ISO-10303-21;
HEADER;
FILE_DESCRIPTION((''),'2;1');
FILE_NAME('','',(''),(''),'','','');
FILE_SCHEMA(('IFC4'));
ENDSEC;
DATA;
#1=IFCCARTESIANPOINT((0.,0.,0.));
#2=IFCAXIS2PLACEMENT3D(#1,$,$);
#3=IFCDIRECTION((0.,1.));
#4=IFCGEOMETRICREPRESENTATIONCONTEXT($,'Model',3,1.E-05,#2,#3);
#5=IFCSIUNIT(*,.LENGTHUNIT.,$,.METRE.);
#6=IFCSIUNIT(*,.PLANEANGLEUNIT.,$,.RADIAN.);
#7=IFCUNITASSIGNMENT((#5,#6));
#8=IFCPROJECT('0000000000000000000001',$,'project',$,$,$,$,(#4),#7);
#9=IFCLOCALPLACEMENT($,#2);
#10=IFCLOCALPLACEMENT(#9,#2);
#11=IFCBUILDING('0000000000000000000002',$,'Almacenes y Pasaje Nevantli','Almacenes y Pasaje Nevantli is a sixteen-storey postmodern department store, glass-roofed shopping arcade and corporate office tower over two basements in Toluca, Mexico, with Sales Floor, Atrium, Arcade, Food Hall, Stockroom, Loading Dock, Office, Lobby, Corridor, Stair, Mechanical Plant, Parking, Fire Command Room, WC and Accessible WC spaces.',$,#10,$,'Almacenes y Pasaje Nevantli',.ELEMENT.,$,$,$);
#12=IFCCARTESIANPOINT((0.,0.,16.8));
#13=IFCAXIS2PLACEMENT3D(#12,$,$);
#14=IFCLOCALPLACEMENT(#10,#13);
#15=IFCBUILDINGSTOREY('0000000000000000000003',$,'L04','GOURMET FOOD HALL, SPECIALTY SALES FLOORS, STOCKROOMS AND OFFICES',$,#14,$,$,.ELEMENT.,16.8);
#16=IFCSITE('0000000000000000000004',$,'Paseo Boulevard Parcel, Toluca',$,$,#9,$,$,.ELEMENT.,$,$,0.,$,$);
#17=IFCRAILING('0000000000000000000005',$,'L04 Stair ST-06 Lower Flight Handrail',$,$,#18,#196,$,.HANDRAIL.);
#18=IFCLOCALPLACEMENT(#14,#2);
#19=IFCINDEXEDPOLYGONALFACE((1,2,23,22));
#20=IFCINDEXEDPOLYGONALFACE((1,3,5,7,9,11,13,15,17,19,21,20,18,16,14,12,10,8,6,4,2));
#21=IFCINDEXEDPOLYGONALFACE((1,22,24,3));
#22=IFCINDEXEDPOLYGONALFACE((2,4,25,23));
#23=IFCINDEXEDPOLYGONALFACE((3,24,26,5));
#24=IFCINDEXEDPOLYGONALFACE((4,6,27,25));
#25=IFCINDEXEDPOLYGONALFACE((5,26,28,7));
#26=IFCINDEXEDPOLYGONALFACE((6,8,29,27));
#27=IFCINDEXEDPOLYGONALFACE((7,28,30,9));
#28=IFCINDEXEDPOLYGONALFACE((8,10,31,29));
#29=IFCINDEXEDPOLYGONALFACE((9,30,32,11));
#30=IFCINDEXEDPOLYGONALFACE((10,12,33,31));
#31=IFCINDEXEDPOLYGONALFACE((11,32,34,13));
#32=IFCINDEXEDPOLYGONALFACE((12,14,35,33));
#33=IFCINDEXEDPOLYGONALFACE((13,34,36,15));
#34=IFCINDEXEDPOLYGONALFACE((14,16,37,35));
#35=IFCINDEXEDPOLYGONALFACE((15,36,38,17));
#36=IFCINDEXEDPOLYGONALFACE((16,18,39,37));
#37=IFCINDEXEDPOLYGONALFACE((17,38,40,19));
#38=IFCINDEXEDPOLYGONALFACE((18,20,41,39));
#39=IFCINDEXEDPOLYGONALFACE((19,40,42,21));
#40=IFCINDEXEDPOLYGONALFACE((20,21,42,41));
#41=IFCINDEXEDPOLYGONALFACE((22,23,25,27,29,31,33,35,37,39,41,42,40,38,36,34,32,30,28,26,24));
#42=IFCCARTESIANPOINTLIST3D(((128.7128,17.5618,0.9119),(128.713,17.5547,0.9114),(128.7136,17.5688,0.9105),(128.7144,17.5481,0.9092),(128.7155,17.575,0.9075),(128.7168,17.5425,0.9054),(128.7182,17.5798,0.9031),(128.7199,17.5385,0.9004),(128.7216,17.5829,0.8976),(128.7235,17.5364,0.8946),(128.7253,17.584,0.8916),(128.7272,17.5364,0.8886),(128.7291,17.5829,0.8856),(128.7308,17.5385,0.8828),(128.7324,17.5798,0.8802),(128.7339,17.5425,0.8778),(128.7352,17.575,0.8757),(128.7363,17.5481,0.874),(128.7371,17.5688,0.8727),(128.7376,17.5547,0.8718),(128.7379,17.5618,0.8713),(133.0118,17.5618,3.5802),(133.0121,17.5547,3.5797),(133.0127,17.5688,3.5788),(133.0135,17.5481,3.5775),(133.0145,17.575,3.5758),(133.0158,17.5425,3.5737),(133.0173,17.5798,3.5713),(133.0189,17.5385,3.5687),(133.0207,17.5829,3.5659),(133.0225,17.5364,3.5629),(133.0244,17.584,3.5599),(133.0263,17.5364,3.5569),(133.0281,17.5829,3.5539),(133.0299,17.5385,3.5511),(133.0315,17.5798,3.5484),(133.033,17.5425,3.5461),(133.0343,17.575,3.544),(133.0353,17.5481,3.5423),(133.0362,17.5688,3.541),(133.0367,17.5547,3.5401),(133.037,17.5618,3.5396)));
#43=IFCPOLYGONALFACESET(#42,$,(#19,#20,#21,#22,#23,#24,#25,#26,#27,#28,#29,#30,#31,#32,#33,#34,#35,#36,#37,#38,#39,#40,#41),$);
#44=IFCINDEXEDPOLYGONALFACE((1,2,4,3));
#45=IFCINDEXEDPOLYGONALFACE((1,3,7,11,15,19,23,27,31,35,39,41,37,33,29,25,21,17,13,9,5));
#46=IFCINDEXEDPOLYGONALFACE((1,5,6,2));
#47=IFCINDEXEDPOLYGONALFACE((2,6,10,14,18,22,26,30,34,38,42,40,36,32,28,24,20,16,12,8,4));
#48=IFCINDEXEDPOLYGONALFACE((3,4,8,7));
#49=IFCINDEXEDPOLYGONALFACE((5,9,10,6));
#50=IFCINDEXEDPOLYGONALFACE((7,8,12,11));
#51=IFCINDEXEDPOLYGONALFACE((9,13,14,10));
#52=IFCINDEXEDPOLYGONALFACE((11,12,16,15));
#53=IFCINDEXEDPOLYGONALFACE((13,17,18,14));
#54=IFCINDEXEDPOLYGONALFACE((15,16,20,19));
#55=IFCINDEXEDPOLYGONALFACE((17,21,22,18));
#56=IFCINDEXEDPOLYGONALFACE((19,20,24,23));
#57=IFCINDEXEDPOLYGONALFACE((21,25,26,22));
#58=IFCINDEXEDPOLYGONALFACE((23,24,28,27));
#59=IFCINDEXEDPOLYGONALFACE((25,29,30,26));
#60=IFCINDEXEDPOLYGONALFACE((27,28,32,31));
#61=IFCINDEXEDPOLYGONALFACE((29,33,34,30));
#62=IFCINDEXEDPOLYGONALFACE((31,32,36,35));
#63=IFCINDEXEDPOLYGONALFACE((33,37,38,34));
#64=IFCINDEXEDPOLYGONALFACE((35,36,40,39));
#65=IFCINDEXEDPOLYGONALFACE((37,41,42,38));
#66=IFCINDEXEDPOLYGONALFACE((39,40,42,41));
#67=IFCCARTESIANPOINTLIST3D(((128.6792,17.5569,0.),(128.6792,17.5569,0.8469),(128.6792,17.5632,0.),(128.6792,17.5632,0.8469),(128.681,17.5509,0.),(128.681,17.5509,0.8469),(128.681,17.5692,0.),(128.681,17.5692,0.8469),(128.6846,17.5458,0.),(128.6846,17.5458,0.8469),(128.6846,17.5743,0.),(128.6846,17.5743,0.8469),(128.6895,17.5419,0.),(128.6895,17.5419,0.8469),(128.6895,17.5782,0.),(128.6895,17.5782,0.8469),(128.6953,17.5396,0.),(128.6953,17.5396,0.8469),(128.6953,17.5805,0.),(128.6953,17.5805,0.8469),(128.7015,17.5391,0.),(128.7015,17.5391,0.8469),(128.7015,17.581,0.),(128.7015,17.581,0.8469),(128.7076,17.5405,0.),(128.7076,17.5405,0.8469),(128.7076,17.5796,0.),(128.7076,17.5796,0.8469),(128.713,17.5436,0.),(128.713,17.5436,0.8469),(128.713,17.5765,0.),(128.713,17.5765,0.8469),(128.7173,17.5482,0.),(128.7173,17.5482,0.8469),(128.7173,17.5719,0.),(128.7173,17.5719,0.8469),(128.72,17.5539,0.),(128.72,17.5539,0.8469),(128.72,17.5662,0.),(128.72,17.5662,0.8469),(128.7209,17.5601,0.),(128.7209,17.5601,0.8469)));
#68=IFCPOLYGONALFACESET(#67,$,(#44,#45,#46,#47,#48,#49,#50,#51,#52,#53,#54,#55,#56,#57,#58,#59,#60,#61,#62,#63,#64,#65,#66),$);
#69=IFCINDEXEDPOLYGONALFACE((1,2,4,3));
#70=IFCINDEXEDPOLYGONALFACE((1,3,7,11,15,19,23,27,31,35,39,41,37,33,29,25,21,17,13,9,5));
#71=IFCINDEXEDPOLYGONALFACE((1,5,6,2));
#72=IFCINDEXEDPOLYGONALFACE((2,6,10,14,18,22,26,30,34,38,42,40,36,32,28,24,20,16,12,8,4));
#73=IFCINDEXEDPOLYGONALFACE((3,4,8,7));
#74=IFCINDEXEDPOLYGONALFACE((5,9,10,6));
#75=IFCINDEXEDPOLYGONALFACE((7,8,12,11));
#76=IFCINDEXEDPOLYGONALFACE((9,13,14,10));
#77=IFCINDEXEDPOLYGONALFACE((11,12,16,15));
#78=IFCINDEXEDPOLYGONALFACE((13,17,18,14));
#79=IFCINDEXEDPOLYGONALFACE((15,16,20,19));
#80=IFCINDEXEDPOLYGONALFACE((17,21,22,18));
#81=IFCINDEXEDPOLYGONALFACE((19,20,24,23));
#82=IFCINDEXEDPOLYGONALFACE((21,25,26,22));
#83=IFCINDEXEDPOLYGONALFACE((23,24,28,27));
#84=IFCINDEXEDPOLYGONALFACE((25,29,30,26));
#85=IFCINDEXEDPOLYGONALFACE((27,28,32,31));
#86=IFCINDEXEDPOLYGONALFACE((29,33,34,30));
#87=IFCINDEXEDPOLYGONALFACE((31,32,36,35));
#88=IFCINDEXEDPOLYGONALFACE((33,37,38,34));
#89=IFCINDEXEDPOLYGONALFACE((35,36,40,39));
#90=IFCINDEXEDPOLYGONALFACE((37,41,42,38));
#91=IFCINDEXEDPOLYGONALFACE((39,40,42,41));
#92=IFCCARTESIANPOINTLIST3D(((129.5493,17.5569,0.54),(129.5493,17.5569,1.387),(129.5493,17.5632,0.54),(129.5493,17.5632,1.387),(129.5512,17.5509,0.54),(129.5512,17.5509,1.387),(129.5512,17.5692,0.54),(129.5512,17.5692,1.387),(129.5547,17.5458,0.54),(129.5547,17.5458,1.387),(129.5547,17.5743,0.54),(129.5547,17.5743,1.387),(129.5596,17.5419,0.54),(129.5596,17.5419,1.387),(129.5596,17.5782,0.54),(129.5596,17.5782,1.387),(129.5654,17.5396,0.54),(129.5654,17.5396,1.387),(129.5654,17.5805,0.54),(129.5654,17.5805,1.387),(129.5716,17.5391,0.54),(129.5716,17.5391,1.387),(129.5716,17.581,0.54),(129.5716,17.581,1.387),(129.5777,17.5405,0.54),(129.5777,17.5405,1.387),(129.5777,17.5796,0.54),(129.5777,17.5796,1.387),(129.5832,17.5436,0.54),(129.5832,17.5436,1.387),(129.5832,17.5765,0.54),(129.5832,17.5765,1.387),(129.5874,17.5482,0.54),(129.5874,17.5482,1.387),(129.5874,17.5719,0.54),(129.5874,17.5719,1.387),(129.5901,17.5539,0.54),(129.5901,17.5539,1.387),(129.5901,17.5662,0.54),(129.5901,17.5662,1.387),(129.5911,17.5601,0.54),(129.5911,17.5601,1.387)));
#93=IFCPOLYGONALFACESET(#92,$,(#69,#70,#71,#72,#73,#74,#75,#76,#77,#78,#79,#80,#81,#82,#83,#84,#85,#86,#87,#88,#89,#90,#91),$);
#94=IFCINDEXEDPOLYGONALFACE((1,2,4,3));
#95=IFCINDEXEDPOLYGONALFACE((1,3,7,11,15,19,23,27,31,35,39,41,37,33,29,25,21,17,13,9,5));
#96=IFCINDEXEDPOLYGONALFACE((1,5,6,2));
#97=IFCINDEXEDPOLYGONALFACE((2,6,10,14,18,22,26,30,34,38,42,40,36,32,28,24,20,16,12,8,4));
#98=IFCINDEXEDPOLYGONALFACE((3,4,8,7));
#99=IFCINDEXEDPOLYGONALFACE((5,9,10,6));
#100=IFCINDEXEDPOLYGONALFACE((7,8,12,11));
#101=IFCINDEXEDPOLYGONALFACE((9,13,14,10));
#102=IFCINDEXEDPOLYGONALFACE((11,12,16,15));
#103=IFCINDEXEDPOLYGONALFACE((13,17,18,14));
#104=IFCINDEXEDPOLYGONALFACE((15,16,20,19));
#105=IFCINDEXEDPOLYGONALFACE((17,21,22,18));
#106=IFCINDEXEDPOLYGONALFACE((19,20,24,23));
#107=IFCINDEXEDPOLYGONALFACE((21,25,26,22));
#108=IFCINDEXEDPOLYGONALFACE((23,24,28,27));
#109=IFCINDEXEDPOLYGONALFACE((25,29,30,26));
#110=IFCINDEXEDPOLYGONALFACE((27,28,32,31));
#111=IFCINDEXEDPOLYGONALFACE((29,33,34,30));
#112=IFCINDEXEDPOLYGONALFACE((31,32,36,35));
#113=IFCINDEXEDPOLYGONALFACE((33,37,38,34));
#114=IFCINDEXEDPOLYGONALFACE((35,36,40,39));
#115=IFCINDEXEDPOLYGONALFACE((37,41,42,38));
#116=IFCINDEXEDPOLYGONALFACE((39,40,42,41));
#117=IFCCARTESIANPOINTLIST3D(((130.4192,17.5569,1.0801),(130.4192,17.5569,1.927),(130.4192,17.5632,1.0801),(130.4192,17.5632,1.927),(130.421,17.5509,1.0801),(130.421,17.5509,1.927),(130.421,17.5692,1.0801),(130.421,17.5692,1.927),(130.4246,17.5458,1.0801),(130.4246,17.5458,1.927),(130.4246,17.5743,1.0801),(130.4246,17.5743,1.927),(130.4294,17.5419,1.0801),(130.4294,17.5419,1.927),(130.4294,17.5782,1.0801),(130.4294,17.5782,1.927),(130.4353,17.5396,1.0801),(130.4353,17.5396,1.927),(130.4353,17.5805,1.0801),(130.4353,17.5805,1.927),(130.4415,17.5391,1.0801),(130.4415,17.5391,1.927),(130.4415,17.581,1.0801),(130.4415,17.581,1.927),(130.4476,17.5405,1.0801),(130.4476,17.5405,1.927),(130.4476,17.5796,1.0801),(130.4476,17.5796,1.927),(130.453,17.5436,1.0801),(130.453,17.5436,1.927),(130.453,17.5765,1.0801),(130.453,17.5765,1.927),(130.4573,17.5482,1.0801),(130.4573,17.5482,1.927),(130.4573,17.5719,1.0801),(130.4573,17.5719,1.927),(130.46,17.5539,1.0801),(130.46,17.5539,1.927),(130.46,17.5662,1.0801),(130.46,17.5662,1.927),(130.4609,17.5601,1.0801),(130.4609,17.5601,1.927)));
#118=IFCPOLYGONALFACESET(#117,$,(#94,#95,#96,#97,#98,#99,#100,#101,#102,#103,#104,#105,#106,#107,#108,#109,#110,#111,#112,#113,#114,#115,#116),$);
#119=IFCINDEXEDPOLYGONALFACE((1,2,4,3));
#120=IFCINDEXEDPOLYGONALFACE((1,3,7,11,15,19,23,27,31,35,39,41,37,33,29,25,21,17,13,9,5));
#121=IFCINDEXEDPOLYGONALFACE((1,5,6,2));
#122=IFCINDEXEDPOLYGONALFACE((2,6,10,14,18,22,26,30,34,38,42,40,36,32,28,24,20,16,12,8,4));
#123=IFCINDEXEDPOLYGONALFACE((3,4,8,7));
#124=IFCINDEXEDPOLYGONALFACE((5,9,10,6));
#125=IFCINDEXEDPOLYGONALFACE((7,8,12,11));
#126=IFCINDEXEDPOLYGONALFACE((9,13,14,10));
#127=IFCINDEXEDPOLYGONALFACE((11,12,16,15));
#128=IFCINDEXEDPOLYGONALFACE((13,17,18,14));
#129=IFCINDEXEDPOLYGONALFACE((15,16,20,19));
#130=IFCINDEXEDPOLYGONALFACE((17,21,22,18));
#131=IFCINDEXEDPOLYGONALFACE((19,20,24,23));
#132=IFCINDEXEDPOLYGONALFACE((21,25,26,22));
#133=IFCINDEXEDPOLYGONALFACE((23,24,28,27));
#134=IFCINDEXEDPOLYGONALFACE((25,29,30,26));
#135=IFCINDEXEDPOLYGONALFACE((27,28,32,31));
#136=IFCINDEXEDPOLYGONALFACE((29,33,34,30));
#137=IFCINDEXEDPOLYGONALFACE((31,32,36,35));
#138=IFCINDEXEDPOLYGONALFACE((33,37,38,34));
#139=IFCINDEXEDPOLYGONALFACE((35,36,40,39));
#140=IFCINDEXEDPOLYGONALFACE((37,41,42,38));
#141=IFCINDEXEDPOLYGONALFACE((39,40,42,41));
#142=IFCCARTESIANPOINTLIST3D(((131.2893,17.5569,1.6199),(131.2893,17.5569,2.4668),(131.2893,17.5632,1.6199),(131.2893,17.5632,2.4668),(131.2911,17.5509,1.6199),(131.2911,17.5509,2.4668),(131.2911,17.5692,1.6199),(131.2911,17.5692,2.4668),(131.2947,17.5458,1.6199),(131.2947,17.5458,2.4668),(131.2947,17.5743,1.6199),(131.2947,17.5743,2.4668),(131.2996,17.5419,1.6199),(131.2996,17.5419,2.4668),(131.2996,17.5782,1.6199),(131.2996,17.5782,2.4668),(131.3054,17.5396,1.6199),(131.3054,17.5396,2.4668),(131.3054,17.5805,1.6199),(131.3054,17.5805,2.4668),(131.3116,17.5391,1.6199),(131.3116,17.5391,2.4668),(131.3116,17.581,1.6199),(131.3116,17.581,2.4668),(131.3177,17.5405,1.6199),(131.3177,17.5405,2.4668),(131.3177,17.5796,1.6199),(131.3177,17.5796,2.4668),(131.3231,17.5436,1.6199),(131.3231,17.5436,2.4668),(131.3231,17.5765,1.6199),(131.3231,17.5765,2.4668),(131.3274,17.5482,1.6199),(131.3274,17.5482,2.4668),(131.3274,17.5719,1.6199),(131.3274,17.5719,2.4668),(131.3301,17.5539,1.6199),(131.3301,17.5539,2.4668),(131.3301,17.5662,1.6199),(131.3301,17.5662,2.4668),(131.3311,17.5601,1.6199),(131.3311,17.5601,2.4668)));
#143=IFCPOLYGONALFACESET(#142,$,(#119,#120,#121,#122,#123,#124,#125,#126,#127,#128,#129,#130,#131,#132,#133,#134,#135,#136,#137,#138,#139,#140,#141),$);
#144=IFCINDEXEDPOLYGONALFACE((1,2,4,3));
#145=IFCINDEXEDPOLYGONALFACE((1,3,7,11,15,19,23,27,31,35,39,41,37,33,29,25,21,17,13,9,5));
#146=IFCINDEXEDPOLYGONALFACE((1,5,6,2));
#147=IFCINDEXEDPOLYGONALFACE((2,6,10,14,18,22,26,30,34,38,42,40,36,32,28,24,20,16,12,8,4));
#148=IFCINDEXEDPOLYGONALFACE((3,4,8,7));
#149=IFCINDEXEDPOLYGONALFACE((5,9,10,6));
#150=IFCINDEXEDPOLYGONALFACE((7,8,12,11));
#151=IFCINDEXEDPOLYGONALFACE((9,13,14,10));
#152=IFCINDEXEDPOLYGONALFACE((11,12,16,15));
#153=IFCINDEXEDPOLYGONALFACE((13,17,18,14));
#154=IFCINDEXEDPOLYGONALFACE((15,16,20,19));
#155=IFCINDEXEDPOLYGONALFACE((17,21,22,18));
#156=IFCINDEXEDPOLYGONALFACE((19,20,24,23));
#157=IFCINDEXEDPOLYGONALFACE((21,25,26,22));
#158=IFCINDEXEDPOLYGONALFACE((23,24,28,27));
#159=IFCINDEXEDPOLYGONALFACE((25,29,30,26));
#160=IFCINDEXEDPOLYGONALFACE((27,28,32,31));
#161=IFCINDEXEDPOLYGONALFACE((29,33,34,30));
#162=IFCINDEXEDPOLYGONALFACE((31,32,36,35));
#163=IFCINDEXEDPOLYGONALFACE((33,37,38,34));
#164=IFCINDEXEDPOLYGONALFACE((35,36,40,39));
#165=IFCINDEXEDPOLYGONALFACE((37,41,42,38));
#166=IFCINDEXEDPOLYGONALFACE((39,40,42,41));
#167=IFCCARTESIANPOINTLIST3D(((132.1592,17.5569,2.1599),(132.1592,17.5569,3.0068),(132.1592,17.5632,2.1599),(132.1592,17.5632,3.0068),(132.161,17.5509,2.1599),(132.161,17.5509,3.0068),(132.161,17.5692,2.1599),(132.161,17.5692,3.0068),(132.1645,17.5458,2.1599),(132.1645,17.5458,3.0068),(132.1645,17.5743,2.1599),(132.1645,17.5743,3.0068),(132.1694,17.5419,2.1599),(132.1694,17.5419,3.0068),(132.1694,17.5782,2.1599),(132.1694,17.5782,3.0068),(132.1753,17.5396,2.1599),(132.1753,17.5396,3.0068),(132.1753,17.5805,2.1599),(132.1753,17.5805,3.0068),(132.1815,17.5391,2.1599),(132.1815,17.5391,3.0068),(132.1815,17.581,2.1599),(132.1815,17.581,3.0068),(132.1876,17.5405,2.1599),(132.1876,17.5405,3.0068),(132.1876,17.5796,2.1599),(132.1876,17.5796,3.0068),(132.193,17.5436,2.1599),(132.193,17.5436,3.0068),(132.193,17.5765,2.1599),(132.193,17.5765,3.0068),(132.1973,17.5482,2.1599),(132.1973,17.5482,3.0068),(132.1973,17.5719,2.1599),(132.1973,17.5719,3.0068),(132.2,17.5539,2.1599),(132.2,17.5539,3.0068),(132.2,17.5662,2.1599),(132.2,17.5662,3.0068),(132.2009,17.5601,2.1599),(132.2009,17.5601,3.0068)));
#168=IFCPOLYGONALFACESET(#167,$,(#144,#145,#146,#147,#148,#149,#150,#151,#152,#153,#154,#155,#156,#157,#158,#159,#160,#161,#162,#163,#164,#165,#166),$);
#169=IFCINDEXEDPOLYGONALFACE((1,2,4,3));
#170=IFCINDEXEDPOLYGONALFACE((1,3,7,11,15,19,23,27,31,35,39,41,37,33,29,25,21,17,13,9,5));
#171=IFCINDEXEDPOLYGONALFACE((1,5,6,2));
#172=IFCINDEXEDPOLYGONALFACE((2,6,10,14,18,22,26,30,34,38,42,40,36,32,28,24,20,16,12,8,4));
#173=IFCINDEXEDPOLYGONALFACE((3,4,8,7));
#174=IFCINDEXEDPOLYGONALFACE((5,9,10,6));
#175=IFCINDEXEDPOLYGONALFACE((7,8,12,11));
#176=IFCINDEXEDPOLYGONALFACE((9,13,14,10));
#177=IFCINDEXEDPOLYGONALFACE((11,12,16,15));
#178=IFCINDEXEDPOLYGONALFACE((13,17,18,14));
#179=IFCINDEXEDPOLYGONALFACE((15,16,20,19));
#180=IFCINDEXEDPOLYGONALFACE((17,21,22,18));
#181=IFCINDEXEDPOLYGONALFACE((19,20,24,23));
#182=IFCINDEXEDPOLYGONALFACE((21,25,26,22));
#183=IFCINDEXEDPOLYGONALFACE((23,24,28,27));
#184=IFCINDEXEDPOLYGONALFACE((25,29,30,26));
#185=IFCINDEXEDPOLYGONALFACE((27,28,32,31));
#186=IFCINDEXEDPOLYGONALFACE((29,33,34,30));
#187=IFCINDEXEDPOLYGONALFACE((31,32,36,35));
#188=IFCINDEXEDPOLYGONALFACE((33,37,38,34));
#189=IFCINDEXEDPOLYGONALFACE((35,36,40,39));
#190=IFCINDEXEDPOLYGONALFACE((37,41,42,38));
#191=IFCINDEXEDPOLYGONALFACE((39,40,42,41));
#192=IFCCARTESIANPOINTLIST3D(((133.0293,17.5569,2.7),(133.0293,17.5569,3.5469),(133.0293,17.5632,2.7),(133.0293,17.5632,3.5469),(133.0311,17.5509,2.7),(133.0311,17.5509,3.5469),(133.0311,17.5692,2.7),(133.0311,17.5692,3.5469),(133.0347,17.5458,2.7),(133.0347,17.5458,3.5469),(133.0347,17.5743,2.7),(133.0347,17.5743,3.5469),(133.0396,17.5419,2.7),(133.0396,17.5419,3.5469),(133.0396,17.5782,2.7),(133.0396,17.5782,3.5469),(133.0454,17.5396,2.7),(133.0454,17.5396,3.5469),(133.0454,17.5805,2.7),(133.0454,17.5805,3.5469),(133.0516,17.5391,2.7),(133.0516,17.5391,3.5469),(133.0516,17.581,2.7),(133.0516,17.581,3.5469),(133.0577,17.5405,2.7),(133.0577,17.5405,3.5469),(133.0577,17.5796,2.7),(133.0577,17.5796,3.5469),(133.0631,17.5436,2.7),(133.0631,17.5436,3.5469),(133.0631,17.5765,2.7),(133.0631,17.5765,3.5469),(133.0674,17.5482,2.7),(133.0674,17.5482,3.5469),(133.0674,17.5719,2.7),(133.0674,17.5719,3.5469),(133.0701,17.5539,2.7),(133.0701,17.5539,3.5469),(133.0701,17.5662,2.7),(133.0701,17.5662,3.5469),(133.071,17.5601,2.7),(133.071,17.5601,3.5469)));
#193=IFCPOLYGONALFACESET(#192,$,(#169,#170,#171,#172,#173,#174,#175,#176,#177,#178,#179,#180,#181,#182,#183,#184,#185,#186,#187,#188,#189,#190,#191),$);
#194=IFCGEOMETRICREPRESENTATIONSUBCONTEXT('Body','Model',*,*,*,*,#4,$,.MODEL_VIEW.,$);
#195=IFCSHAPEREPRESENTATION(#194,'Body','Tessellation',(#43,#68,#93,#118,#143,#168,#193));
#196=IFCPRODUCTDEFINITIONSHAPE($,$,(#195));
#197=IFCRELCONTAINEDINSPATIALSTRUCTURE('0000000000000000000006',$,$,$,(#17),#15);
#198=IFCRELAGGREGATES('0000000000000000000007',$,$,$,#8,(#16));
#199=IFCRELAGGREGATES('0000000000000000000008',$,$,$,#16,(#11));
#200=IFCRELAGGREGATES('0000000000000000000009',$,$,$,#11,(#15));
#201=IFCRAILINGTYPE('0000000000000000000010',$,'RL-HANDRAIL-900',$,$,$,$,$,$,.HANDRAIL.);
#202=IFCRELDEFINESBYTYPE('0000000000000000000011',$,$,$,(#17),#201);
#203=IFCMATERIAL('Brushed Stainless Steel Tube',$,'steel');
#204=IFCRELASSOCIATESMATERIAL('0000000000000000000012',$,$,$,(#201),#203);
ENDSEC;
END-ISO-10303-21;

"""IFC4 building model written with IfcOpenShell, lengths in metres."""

from ifc_helpers import new_model, si_unit, direction, frame, origin, origin_2d, place, context, subcontext, project, spatial, circle, extrude, material, type_object, element, save


model = new_model("IFC4")

# Units and contexts
model_context = context("Model", 3, precision=1e-05, world=origin(), true_north=direction((0.0, 1.0)))
body_context = subcontext(model_context, "Body", "Model", "MODEL_VIEW")
ifc_project = project(units=[si_unit("LENGTHUNIT", "METRE"), si_unit("PLANEANGLEUNIT", "RADIAN")], contexts=[model_context])

# Site, building, storey
site_placement = place(None, origin())
site = spatial("IfcSite", under=ifc_project, at=site_placement, Name="Paseo Boulevard Parcel, Toluca", CompositionType="ELEMENT", RefElevation=0.0)
building_placement = place(site_placement, origin())
building = spatial("IfcBuilding", under=site, at=building_placement, Name="Almacenes y Pasaje Nevantli", Description="Almacenes y Pasaje Nevantli is a sixteen-storey postmodern department store, glass-roofed shopping arcade and corporate office tower over two basements in Toluca, Mexico, with Sales Floor, Atrium, Arcade, Food Hall, Stockroom, Loading Dock, Office, Lobby, Corridor, Stair, Mechanical Plant, Parking, Fire Command Room, WC and Accessible WC spaces.", LongName="Almacenes y Pasaje Nevantli", CompositionType="ELEMENT")
storey_placement = place(building_placement, frame((0.0, 0.0, 16.8)))
storey = spatial("IfcBuildingStorey", under=building, at=storey_placement, Name="L04", Description="GOURMET FOOD HALL, SPECIALTY SALES FLOORS, STOCKROOMS AND OFFICES", CompositionType="ELEMENT", Elevation=16.8)

# Railing
ifc_material_1 = material(Name="Brushed Stainless Steel Tube", Category="steel")
railing_type_1 = type_object("IfcRailingType", Name="RL-HANDRAIL-900", PredefinedType="HANDRAIL", material=ifc_material_1)
railing_1_placement = place(storey_placement, frame((128.7, 17.5601, 0.0)))
element("IfcRailing", 1, at=railing_1_placement, inside=storey, type_object=railing_type_1, Name="L04 Stair ST-06 Lower Flight Handrail", PredefinedType="HANDRAIL", context=body_context, shape_type="SweptSolid", body=[
    extrude(circle(Radius=0.0239, at=origin_2d()), frame((0.0254, 0.0, 0.8916), z_axis=(0.84965, 0.0, 0.527347), x_axis=(0.0, 1.0, 0.0)), (0.0, 0.0, 1.0), 5.0598),
    extrude(circle(Radius=0.021, at=origin_2d()), origin(), (0.0, 0.0, 1.0), 0.8469),
    extrude(circle(Radius=0.021, at=origin_2d()), frame((0.8701, 0.0, 0.54)), (0.0, 0.0, 1.0), 0.8469),
    extrude(circle(Radius=0.021, at=origin_2d()), frame((1.74, 0.0, 1.0801)), (0.0, 0.0, 1.0), 0.8469),
    extrude(circle(Radius=0.021, at=origin_2d()), frame((2.6101, 0.0, 1.6199)), (0.0, 0.0, 1.0), 0.8469),
    extrude(circle(Radius=0.021, at=origin_2d()), frame((3.48, 0.0, 2.1599)), (0.0, 0.0, 1.0), 0.8469),
    extrude(circle(Radius=0.021, at=origin_2d()), frame((4.3501, 0.0, 2.7)), (0.0, 0.0, 1.0), 0.8469),
])

save(model, "model.ifc")
